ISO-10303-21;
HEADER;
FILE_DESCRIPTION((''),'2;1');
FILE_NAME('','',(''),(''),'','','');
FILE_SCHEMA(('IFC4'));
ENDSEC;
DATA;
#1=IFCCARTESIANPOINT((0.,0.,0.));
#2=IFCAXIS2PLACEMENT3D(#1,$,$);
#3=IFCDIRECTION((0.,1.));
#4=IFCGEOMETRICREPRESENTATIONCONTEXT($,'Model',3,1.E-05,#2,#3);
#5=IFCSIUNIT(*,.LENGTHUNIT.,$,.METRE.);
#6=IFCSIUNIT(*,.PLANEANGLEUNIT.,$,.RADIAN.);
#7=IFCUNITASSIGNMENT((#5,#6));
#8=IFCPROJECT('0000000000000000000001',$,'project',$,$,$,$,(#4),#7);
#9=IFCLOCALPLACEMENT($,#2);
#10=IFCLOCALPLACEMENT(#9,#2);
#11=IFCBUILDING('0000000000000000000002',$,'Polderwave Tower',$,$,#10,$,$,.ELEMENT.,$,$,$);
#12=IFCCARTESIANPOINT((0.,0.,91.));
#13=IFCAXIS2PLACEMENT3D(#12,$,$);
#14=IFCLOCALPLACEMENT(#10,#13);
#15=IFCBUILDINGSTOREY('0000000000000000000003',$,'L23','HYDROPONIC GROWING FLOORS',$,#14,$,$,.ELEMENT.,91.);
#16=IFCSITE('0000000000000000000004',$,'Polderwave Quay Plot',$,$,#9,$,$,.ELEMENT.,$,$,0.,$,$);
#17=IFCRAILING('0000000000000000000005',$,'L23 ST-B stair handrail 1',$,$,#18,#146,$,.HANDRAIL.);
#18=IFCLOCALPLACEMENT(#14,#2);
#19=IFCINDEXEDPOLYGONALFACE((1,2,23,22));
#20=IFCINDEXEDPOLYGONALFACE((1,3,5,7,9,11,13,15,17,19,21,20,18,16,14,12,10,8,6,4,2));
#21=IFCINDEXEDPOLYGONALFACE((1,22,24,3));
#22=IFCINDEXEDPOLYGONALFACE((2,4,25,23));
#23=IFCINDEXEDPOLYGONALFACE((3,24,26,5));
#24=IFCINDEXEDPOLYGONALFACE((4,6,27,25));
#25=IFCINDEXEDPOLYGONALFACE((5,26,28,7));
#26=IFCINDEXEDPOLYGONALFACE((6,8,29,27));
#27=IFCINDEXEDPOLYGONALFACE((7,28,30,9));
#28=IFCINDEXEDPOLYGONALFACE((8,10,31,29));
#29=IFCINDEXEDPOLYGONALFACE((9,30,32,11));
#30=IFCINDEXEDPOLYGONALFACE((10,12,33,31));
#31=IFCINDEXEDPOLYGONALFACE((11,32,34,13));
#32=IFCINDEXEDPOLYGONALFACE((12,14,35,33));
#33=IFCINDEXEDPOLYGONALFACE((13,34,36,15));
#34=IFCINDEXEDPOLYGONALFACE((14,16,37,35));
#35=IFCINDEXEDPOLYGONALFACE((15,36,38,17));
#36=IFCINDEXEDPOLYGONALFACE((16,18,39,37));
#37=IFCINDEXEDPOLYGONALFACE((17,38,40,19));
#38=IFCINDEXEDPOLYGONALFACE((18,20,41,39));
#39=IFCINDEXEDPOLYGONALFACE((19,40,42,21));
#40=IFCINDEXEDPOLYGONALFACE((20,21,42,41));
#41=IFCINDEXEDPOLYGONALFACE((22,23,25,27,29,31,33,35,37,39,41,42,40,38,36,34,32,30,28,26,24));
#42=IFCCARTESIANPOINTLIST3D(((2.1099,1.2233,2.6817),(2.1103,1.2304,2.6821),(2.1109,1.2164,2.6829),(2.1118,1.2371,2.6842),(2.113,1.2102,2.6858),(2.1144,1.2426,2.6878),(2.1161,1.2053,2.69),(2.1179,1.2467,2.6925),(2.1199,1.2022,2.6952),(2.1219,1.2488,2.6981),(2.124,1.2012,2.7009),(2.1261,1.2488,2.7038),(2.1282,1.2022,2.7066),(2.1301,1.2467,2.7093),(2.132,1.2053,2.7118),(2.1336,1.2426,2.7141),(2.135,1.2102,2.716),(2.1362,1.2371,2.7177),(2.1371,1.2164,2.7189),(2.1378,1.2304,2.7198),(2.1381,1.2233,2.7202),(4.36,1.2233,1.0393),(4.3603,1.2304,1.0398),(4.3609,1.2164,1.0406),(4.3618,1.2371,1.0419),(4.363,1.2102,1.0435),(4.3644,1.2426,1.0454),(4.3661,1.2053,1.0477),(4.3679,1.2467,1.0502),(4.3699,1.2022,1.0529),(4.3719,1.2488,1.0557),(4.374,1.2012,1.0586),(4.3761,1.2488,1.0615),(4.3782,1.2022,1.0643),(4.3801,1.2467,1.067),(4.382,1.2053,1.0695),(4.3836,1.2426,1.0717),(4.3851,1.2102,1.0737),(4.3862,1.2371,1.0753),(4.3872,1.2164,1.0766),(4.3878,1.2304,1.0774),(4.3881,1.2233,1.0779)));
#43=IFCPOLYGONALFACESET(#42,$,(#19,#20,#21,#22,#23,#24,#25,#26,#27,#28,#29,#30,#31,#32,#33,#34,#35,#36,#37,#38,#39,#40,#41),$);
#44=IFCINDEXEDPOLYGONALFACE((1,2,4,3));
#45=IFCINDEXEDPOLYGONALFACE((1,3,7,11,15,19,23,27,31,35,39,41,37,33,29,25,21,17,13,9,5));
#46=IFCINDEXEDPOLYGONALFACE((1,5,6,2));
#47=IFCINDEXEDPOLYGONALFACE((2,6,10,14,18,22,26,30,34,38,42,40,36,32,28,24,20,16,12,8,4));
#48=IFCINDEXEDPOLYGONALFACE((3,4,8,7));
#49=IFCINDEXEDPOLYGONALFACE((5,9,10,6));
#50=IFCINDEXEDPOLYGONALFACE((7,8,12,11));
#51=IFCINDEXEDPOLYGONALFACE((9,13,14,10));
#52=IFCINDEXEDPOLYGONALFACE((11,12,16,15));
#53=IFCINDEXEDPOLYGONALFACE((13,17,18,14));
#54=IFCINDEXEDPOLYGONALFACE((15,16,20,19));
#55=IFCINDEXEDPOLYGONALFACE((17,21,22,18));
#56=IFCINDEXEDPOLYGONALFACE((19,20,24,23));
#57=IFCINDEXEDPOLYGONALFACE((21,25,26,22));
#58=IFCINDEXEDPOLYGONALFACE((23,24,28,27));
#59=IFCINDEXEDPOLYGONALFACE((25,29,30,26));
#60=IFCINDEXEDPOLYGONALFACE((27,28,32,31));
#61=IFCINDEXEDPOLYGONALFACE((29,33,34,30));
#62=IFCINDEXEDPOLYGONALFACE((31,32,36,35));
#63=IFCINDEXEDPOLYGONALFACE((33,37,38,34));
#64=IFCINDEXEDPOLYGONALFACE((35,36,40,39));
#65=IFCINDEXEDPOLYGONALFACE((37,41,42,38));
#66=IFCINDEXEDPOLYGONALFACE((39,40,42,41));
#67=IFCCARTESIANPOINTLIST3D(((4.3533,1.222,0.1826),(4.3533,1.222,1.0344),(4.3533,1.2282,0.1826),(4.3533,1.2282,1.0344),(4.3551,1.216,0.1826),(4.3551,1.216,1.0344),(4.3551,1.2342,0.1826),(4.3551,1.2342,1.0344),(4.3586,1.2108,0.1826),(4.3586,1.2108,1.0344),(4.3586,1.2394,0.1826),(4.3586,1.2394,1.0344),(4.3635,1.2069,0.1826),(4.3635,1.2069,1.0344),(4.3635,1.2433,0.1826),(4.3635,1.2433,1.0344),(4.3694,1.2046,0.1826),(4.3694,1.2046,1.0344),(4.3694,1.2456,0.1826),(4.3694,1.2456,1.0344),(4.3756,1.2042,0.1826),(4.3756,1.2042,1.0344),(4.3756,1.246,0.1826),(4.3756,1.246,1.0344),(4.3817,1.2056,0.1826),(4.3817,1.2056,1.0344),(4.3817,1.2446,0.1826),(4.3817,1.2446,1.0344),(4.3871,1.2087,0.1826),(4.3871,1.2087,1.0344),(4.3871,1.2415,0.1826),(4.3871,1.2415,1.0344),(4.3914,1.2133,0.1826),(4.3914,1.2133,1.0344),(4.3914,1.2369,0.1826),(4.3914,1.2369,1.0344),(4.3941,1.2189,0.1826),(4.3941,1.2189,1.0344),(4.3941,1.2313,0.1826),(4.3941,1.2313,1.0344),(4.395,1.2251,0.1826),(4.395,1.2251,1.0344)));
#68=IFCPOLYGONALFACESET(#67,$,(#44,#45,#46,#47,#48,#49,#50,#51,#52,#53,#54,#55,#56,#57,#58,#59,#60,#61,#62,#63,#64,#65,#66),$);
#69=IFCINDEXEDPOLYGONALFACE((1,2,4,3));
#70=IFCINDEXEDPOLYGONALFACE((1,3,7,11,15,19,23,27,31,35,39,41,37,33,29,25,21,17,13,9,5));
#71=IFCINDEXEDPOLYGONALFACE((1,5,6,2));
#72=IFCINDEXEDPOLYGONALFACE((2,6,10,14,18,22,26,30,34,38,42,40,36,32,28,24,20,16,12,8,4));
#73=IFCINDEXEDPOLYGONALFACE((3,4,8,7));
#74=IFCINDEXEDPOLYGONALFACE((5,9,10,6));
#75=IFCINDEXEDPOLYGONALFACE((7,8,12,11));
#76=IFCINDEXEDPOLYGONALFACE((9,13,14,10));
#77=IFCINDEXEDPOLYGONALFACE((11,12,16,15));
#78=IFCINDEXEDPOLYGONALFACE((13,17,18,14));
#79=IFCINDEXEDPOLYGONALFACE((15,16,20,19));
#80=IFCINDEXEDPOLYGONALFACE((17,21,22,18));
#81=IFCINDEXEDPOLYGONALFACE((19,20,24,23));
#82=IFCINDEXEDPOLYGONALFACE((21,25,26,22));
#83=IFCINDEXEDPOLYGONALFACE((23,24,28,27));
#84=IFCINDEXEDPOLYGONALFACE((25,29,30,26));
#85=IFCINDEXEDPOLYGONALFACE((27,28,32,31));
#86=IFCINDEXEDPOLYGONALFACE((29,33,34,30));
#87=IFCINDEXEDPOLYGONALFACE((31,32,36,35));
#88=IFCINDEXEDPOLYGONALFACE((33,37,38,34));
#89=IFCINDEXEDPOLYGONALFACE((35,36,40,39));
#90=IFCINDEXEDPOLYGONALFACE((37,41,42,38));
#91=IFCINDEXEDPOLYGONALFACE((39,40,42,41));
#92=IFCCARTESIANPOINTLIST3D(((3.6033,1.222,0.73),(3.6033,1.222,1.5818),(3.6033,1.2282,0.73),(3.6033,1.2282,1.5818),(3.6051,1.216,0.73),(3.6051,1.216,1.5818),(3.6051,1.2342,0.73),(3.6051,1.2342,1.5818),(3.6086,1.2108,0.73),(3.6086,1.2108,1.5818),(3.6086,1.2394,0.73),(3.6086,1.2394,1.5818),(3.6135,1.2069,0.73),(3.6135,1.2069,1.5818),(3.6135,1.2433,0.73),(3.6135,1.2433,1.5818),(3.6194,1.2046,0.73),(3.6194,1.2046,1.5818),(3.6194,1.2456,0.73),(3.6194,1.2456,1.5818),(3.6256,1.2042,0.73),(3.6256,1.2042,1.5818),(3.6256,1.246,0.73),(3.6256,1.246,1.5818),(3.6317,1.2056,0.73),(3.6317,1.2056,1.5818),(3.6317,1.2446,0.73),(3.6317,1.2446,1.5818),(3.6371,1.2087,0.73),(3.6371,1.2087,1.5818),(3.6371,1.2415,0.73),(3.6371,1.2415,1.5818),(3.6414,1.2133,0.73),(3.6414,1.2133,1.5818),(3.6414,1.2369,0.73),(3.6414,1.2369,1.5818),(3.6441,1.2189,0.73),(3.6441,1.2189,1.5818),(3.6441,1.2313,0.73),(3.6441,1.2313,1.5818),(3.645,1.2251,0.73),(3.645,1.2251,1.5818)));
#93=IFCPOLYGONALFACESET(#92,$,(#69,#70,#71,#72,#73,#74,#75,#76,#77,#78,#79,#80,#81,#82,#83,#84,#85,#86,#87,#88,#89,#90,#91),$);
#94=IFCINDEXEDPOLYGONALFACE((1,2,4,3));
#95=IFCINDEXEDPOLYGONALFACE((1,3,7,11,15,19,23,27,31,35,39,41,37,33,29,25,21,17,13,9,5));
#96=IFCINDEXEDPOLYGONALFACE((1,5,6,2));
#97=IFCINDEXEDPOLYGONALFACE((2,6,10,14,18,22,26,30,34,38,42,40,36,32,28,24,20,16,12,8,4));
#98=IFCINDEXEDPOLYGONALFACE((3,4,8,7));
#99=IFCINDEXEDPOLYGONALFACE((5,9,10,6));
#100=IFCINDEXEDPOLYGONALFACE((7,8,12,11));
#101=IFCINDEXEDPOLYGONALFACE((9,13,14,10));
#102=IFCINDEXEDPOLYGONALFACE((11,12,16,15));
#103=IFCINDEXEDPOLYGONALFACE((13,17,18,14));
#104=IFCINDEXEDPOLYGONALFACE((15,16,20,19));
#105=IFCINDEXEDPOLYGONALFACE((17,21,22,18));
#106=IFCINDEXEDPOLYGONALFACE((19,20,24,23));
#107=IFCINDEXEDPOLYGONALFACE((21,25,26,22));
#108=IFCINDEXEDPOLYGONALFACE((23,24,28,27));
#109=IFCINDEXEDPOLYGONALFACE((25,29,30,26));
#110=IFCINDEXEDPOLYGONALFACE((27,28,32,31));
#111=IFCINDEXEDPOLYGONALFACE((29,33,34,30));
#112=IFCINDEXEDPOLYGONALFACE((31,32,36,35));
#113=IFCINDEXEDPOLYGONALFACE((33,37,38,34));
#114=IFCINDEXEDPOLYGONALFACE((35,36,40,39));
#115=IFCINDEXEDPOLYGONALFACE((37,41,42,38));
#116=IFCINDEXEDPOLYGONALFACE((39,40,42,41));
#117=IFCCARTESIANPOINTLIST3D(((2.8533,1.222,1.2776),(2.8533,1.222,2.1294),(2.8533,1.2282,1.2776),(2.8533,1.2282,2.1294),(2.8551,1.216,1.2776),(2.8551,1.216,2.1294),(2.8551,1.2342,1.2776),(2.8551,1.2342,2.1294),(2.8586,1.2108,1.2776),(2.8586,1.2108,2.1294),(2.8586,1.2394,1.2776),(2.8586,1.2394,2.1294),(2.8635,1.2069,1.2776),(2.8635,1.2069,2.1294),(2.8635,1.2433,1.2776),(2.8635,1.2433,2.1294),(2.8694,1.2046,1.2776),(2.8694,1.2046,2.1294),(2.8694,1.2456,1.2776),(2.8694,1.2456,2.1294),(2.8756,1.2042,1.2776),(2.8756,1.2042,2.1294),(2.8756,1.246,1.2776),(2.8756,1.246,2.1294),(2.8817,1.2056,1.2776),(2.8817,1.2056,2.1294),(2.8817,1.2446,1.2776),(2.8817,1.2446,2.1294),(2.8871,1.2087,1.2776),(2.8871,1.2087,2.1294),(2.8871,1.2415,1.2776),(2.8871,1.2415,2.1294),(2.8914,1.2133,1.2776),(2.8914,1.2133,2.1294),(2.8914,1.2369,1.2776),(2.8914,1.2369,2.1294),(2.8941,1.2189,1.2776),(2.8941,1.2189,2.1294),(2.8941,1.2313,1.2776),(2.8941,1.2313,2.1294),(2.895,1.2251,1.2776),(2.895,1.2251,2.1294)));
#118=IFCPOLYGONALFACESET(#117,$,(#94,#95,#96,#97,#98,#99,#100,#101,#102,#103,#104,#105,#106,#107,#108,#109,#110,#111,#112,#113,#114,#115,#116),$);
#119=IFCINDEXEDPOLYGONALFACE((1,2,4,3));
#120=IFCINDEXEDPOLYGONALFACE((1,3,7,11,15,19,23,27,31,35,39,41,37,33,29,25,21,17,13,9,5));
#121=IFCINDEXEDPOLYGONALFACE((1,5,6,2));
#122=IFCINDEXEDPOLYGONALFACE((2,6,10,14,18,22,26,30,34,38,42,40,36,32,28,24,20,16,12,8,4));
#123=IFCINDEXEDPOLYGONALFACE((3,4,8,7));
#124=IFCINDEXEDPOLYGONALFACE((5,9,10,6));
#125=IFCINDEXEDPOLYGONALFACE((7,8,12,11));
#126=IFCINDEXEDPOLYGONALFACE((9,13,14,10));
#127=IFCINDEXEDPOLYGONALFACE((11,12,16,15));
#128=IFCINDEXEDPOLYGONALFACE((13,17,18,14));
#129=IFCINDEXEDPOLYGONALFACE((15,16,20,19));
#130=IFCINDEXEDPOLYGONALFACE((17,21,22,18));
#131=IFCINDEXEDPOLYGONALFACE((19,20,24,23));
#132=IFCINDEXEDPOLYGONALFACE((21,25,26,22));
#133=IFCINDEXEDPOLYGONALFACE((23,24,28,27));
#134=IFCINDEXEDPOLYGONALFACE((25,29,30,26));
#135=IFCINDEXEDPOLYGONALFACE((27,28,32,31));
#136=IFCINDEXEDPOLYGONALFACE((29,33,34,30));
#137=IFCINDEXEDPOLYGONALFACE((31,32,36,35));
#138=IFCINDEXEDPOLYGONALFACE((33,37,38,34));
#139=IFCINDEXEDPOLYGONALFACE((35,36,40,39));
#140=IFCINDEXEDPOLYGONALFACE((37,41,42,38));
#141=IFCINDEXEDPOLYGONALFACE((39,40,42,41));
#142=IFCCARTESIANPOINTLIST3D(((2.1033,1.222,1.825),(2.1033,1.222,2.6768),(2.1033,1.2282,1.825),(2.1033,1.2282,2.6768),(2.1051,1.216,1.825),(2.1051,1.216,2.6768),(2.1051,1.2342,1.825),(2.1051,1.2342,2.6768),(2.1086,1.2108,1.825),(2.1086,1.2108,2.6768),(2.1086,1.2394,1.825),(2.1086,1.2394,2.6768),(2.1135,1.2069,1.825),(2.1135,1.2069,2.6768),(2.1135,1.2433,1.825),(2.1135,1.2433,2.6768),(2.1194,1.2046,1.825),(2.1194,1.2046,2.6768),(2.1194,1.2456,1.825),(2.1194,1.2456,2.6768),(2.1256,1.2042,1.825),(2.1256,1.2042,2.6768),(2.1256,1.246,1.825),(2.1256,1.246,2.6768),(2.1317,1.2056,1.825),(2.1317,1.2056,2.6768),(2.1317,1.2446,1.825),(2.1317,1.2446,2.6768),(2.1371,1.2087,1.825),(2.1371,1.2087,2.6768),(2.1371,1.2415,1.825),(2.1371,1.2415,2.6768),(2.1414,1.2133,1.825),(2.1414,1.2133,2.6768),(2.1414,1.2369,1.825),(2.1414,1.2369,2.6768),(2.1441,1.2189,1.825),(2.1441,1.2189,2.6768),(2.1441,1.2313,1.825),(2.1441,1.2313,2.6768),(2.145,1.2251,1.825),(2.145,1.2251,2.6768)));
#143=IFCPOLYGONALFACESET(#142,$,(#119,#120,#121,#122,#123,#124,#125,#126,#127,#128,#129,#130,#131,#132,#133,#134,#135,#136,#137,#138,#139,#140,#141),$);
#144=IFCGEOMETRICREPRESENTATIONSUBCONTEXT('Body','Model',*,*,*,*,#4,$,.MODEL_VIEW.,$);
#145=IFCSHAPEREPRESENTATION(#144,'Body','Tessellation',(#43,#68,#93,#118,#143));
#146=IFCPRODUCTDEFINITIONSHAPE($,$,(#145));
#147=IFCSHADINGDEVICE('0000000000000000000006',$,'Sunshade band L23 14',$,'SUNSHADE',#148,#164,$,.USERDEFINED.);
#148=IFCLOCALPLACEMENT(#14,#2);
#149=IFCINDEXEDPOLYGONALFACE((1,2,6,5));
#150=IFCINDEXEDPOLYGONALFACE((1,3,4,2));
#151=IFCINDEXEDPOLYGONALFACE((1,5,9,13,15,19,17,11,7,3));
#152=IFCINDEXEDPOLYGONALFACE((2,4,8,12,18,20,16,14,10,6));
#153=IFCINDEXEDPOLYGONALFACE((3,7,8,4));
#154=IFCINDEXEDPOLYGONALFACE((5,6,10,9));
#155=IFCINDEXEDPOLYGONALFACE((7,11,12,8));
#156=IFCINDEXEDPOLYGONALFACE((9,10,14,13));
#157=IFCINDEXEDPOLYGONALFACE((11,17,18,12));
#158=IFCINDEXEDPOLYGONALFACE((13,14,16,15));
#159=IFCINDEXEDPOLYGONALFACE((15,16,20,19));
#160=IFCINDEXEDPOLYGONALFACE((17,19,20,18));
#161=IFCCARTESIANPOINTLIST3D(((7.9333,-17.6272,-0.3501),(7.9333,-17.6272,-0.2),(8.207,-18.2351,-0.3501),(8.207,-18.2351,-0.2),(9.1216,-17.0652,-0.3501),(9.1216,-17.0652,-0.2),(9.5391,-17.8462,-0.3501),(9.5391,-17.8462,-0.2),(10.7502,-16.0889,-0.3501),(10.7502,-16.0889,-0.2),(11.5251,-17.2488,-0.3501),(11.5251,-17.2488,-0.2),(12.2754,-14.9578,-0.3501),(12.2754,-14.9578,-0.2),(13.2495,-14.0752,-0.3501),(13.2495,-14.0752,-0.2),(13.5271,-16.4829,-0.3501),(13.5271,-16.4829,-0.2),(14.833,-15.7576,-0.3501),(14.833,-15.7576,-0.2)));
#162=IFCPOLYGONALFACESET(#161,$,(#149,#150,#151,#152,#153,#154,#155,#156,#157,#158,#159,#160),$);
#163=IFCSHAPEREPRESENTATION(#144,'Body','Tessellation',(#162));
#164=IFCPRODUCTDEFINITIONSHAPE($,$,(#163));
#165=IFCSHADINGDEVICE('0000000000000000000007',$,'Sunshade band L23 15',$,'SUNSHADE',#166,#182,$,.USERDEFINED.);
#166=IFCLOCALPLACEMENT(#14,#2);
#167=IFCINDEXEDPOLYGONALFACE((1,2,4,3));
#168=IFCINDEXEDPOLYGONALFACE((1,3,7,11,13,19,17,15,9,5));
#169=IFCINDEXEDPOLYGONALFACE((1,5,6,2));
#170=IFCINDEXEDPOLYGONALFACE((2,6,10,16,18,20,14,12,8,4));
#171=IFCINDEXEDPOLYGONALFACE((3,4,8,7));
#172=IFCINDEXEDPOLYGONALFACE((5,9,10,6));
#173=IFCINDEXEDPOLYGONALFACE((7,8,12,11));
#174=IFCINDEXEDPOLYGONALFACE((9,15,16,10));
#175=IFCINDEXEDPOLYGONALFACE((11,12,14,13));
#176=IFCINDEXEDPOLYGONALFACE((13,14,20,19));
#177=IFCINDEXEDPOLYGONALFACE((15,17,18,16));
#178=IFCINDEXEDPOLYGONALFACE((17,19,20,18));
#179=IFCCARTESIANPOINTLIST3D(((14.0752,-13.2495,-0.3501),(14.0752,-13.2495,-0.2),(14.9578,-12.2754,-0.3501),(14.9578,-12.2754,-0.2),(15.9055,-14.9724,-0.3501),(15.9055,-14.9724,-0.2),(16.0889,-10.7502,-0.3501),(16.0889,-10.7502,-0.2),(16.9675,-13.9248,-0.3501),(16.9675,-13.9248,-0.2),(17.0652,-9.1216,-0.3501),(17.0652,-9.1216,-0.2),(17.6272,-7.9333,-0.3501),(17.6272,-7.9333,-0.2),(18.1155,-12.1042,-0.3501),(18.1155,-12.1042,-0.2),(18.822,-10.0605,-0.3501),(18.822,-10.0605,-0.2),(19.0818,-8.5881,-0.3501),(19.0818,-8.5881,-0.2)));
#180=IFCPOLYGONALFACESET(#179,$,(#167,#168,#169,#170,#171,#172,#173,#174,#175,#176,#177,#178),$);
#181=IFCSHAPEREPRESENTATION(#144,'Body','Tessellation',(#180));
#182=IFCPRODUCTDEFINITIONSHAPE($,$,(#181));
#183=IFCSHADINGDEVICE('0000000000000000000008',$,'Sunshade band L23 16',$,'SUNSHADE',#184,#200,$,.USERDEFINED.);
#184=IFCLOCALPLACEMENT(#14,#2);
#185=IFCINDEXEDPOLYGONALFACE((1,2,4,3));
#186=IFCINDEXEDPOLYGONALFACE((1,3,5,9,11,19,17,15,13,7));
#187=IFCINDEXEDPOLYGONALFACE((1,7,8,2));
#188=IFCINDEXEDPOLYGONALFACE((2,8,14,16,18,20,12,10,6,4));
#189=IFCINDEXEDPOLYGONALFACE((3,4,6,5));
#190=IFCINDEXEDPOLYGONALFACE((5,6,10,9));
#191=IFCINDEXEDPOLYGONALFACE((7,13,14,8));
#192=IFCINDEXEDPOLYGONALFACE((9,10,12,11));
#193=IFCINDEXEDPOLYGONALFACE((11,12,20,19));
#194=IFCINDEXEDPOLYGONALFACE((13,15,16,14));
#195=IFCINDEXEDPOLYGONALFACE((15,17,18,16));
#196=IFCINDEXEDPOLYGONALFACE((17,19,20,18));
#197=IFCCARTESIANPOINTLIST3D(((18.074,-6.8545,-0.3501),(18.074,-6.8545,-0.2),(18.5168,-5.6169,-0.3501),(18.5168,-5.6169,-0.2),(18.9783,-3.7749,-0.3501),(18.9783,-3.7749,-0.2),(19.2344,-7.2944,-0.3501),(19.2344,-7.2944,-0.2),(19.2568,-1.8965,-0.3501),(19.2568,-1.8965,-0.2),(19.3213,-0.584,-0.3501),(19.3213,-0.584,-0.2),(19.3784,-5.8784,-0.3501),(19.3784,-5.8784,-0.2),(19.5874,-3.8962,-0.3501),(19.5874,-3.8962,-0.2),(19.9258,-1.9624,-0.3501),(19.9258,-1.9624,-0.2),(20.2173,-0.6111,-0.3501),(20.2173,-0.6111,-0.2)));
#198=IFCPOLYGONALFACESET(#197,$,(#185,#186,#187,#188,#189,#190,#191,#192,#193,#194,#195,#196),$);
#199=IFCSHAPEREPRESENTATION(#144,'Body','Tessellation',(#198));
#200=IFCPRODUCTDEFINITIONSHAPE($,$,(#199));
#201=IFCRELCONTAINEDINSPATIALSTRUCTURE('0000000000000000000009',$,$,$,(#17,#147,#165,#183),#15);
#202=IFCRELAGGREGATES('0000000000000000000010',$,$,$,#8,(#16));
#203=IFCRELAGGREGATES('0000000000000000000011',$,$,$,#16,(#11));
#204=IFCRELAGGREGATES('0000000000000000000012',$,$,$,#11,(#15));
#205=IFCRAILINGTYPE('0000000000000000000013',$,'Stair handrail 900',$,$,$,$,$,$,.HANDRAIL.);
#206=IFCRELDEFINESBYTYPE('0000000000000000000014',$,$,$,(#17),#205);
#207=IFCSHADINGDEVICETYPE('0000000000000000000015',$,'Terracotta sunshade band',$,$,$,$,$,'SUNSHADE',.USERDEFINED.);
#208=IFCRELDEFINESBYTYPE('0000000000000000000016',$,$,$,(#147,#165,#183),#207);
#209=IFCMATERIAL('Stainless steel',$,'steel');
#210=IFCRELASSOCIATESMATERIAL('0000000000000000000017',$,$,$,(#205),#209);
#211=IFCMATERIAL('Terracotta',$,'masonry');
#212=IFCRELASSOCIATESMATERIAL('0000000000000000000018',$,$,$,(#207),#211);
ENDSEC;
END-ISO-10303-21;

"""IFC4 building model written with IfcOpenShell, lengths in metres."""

from ifc_helpers import new_model, si_unit, direction, frame, origin, origin_2d, place, context, subcontext, project, spatial, polyline, circle, outline, extrude, material, type_object, element, save


model = new_model("IFC4")

# Units and contexts
model_context = context("Model", 3, precision=1e-05, world=origin(), true_north=direction((0.0, 1.0)))
body_context = subcontext(model_context, "Body", "Model", "MODEL_VIEW")
ifc_project = project(units=[si_unit("LENGTHUNIT", "METRE"), si_unit("PLANEANGLEUNIT", "RADIAN")], contexts=[model_context])

# Site, building, storey
site_placement = place(None, origin())
site = spatial("IfcSite", under=ifc_project, at=site_placement, Name="Polderwave Quay Plot", CompositionType="ELEMENT", RefElevation=0.0)
building_placement = place(site_placement, origin())
building = spatial("IfcBuilding", under=site, at=building_placement, Name="Polderwave Tower", CompositionType="ELEMENT")
storey_placement = place(building_placement, frame((0.0, 0.0, 91.0)))
storey = spatial("IfcBuildingStorey", under=building, at=storey_placement, Name="L23", Description="HYDROPONIC GROWING FLOORS", CompositionType="ELEMENT", Elevation=91.0)

# Railing
ifc_material_1 = material(Name="Stainless steel", Category="steel")
railing_type_1 = type_object("IfcRailingType", Name="Stair handrail 900", PredefinedType="HANDRAIL", material=ifc_material_1)
railing_1_placement = place(storey_placement, frame((4.374, 1.2251, 0.1826)))
element("IfcRailing", 1, at=railing_1_placement, inside=storey, type_object=railing_type_1, Name="L23 ST-B stair handrail 1", PredefinedType="HANDRAIL", context=body_context, shape_type="SweptSolid", body=[
    extrude(circle(Radius=0.0239, at=origin_2d()), frame((0.0, 0.0, 0.876), z_axis=(-0.807715, 0.0, 0.589573), x_axis=(0.0, -1.0, 0.0)), (0.0, 0.0, 1.0), 2.7856),
    extrude(circle(Radius=0.021, at=origin_2d()), origin(), (0.0, 0.0, 1.0), 0.8518),
    extrude(circle(Radius=0.021, at=origin_2d()), frame((-0.75, 0.0, 0.5474)), (0.0, 0.0, 1.0), 0.8518),
    extrude(circle(Radius=0.021, at=origin_2d()), frame((-1.5, 0.0, 1.095)), (0.0, 0.0, 1.0), 0.8518),
    extrude(circle(Radius=0.021, at=origin_2d()), frame((-2.25, 0.0, 1.6423)), (0.0, 0.0, 1.0), 0.8518),
])

# Shading devices
ifc_material_2 = material(Name="Terracotta", Category="masonry")
shading_device_type = type_object("IfcShadingDeviceType", Name="Terracotta sunshade band", ElementType="SUNSHADE", PredefinedType="USERDEFINED", material=ifc_material_2)
shading_device_1_placement = place(storey_placement, frame((0.0, 0.0, -0.3501)))
element("IfcShadingDevice", 2, at=shading_device_1_placement, inside=storey, type_object=shading_device_type, Name="Sunshade band L23 14", ObjectType="SUNSHADE", PredefinedType="USERDEFINED", context=body_context, shape_type="SweptSolid", body=[
    extrude(outline(polyline([(7.9333, -17.6272), (9.1216, -17.0652), (10.7502, -16.0889), (12.2754, -14.9578), (13.2495, -14.0752), (14.833, -15.7576), (13.5271, -16.4829), (11.5251, -17.2488), (9.5391, -17.8462), (8.207, -18.2351), (7.9333, -17.6272)])), origin(), (0.0, 0.0, 1.0), 0.1501),
])
shading_device_2_placement = place(storey_placement, frame((0.0, 0.0, -0.3501)))
element("IfcShadingDevice", 3, at=shading_device_2_placement, inside=storey, type_object=shading_device_type, Name="Sunshade band L23 15", ObjectType="SUNSHADE", PredefinedType="USERDEFINED", context=body_context, shape_type="SweptSolid", body=[
    extrude(outline(polyline([(14.0752, -13.2495), (14.9578, -12.2754), (16.0889, -10.7502), (17.0652, -9.1216), (17.6272, -7.9333), (19.0818, -8.5881), (18.822, -10.0605), (18.1155, -12.1042), (16.9675, -13.9248), (15.9055, -14.9724), (14.0752, -13.2495)])), origin(), (0.0, 0.0, 1.0), 0.1501),
])
shading_device_3_placement = place(storey_placement, frame((0.0, 0.0, -0.3501)))
element("IfcShadingDevice", 4, at=shading_device_3_placement, inside=storey, type_object=shading_device_type, Name="Sunshade band L23 16", ObjectType="SUNSHADE", PredefinedType="USERDEFINED", context=body_context, shape_type="SweptSolid", body=[
    extrude(outline(polyline([(18.074, -6.8545), (18.5168, -5.6169), (18.9783, -3.7749), (19.2568, -1.8965), (19.3213, -0.584), (20.2173, -0.6111), (19.9258, -1.9624), (19.5874, -3.8962), (19.3784, -5.8784), (19.2344, -7.2944), (18.074, -6.8545)])), origin(), (0.0, 0.0, 1.0), 0.1501),
])

save(model, "model.ifc")
